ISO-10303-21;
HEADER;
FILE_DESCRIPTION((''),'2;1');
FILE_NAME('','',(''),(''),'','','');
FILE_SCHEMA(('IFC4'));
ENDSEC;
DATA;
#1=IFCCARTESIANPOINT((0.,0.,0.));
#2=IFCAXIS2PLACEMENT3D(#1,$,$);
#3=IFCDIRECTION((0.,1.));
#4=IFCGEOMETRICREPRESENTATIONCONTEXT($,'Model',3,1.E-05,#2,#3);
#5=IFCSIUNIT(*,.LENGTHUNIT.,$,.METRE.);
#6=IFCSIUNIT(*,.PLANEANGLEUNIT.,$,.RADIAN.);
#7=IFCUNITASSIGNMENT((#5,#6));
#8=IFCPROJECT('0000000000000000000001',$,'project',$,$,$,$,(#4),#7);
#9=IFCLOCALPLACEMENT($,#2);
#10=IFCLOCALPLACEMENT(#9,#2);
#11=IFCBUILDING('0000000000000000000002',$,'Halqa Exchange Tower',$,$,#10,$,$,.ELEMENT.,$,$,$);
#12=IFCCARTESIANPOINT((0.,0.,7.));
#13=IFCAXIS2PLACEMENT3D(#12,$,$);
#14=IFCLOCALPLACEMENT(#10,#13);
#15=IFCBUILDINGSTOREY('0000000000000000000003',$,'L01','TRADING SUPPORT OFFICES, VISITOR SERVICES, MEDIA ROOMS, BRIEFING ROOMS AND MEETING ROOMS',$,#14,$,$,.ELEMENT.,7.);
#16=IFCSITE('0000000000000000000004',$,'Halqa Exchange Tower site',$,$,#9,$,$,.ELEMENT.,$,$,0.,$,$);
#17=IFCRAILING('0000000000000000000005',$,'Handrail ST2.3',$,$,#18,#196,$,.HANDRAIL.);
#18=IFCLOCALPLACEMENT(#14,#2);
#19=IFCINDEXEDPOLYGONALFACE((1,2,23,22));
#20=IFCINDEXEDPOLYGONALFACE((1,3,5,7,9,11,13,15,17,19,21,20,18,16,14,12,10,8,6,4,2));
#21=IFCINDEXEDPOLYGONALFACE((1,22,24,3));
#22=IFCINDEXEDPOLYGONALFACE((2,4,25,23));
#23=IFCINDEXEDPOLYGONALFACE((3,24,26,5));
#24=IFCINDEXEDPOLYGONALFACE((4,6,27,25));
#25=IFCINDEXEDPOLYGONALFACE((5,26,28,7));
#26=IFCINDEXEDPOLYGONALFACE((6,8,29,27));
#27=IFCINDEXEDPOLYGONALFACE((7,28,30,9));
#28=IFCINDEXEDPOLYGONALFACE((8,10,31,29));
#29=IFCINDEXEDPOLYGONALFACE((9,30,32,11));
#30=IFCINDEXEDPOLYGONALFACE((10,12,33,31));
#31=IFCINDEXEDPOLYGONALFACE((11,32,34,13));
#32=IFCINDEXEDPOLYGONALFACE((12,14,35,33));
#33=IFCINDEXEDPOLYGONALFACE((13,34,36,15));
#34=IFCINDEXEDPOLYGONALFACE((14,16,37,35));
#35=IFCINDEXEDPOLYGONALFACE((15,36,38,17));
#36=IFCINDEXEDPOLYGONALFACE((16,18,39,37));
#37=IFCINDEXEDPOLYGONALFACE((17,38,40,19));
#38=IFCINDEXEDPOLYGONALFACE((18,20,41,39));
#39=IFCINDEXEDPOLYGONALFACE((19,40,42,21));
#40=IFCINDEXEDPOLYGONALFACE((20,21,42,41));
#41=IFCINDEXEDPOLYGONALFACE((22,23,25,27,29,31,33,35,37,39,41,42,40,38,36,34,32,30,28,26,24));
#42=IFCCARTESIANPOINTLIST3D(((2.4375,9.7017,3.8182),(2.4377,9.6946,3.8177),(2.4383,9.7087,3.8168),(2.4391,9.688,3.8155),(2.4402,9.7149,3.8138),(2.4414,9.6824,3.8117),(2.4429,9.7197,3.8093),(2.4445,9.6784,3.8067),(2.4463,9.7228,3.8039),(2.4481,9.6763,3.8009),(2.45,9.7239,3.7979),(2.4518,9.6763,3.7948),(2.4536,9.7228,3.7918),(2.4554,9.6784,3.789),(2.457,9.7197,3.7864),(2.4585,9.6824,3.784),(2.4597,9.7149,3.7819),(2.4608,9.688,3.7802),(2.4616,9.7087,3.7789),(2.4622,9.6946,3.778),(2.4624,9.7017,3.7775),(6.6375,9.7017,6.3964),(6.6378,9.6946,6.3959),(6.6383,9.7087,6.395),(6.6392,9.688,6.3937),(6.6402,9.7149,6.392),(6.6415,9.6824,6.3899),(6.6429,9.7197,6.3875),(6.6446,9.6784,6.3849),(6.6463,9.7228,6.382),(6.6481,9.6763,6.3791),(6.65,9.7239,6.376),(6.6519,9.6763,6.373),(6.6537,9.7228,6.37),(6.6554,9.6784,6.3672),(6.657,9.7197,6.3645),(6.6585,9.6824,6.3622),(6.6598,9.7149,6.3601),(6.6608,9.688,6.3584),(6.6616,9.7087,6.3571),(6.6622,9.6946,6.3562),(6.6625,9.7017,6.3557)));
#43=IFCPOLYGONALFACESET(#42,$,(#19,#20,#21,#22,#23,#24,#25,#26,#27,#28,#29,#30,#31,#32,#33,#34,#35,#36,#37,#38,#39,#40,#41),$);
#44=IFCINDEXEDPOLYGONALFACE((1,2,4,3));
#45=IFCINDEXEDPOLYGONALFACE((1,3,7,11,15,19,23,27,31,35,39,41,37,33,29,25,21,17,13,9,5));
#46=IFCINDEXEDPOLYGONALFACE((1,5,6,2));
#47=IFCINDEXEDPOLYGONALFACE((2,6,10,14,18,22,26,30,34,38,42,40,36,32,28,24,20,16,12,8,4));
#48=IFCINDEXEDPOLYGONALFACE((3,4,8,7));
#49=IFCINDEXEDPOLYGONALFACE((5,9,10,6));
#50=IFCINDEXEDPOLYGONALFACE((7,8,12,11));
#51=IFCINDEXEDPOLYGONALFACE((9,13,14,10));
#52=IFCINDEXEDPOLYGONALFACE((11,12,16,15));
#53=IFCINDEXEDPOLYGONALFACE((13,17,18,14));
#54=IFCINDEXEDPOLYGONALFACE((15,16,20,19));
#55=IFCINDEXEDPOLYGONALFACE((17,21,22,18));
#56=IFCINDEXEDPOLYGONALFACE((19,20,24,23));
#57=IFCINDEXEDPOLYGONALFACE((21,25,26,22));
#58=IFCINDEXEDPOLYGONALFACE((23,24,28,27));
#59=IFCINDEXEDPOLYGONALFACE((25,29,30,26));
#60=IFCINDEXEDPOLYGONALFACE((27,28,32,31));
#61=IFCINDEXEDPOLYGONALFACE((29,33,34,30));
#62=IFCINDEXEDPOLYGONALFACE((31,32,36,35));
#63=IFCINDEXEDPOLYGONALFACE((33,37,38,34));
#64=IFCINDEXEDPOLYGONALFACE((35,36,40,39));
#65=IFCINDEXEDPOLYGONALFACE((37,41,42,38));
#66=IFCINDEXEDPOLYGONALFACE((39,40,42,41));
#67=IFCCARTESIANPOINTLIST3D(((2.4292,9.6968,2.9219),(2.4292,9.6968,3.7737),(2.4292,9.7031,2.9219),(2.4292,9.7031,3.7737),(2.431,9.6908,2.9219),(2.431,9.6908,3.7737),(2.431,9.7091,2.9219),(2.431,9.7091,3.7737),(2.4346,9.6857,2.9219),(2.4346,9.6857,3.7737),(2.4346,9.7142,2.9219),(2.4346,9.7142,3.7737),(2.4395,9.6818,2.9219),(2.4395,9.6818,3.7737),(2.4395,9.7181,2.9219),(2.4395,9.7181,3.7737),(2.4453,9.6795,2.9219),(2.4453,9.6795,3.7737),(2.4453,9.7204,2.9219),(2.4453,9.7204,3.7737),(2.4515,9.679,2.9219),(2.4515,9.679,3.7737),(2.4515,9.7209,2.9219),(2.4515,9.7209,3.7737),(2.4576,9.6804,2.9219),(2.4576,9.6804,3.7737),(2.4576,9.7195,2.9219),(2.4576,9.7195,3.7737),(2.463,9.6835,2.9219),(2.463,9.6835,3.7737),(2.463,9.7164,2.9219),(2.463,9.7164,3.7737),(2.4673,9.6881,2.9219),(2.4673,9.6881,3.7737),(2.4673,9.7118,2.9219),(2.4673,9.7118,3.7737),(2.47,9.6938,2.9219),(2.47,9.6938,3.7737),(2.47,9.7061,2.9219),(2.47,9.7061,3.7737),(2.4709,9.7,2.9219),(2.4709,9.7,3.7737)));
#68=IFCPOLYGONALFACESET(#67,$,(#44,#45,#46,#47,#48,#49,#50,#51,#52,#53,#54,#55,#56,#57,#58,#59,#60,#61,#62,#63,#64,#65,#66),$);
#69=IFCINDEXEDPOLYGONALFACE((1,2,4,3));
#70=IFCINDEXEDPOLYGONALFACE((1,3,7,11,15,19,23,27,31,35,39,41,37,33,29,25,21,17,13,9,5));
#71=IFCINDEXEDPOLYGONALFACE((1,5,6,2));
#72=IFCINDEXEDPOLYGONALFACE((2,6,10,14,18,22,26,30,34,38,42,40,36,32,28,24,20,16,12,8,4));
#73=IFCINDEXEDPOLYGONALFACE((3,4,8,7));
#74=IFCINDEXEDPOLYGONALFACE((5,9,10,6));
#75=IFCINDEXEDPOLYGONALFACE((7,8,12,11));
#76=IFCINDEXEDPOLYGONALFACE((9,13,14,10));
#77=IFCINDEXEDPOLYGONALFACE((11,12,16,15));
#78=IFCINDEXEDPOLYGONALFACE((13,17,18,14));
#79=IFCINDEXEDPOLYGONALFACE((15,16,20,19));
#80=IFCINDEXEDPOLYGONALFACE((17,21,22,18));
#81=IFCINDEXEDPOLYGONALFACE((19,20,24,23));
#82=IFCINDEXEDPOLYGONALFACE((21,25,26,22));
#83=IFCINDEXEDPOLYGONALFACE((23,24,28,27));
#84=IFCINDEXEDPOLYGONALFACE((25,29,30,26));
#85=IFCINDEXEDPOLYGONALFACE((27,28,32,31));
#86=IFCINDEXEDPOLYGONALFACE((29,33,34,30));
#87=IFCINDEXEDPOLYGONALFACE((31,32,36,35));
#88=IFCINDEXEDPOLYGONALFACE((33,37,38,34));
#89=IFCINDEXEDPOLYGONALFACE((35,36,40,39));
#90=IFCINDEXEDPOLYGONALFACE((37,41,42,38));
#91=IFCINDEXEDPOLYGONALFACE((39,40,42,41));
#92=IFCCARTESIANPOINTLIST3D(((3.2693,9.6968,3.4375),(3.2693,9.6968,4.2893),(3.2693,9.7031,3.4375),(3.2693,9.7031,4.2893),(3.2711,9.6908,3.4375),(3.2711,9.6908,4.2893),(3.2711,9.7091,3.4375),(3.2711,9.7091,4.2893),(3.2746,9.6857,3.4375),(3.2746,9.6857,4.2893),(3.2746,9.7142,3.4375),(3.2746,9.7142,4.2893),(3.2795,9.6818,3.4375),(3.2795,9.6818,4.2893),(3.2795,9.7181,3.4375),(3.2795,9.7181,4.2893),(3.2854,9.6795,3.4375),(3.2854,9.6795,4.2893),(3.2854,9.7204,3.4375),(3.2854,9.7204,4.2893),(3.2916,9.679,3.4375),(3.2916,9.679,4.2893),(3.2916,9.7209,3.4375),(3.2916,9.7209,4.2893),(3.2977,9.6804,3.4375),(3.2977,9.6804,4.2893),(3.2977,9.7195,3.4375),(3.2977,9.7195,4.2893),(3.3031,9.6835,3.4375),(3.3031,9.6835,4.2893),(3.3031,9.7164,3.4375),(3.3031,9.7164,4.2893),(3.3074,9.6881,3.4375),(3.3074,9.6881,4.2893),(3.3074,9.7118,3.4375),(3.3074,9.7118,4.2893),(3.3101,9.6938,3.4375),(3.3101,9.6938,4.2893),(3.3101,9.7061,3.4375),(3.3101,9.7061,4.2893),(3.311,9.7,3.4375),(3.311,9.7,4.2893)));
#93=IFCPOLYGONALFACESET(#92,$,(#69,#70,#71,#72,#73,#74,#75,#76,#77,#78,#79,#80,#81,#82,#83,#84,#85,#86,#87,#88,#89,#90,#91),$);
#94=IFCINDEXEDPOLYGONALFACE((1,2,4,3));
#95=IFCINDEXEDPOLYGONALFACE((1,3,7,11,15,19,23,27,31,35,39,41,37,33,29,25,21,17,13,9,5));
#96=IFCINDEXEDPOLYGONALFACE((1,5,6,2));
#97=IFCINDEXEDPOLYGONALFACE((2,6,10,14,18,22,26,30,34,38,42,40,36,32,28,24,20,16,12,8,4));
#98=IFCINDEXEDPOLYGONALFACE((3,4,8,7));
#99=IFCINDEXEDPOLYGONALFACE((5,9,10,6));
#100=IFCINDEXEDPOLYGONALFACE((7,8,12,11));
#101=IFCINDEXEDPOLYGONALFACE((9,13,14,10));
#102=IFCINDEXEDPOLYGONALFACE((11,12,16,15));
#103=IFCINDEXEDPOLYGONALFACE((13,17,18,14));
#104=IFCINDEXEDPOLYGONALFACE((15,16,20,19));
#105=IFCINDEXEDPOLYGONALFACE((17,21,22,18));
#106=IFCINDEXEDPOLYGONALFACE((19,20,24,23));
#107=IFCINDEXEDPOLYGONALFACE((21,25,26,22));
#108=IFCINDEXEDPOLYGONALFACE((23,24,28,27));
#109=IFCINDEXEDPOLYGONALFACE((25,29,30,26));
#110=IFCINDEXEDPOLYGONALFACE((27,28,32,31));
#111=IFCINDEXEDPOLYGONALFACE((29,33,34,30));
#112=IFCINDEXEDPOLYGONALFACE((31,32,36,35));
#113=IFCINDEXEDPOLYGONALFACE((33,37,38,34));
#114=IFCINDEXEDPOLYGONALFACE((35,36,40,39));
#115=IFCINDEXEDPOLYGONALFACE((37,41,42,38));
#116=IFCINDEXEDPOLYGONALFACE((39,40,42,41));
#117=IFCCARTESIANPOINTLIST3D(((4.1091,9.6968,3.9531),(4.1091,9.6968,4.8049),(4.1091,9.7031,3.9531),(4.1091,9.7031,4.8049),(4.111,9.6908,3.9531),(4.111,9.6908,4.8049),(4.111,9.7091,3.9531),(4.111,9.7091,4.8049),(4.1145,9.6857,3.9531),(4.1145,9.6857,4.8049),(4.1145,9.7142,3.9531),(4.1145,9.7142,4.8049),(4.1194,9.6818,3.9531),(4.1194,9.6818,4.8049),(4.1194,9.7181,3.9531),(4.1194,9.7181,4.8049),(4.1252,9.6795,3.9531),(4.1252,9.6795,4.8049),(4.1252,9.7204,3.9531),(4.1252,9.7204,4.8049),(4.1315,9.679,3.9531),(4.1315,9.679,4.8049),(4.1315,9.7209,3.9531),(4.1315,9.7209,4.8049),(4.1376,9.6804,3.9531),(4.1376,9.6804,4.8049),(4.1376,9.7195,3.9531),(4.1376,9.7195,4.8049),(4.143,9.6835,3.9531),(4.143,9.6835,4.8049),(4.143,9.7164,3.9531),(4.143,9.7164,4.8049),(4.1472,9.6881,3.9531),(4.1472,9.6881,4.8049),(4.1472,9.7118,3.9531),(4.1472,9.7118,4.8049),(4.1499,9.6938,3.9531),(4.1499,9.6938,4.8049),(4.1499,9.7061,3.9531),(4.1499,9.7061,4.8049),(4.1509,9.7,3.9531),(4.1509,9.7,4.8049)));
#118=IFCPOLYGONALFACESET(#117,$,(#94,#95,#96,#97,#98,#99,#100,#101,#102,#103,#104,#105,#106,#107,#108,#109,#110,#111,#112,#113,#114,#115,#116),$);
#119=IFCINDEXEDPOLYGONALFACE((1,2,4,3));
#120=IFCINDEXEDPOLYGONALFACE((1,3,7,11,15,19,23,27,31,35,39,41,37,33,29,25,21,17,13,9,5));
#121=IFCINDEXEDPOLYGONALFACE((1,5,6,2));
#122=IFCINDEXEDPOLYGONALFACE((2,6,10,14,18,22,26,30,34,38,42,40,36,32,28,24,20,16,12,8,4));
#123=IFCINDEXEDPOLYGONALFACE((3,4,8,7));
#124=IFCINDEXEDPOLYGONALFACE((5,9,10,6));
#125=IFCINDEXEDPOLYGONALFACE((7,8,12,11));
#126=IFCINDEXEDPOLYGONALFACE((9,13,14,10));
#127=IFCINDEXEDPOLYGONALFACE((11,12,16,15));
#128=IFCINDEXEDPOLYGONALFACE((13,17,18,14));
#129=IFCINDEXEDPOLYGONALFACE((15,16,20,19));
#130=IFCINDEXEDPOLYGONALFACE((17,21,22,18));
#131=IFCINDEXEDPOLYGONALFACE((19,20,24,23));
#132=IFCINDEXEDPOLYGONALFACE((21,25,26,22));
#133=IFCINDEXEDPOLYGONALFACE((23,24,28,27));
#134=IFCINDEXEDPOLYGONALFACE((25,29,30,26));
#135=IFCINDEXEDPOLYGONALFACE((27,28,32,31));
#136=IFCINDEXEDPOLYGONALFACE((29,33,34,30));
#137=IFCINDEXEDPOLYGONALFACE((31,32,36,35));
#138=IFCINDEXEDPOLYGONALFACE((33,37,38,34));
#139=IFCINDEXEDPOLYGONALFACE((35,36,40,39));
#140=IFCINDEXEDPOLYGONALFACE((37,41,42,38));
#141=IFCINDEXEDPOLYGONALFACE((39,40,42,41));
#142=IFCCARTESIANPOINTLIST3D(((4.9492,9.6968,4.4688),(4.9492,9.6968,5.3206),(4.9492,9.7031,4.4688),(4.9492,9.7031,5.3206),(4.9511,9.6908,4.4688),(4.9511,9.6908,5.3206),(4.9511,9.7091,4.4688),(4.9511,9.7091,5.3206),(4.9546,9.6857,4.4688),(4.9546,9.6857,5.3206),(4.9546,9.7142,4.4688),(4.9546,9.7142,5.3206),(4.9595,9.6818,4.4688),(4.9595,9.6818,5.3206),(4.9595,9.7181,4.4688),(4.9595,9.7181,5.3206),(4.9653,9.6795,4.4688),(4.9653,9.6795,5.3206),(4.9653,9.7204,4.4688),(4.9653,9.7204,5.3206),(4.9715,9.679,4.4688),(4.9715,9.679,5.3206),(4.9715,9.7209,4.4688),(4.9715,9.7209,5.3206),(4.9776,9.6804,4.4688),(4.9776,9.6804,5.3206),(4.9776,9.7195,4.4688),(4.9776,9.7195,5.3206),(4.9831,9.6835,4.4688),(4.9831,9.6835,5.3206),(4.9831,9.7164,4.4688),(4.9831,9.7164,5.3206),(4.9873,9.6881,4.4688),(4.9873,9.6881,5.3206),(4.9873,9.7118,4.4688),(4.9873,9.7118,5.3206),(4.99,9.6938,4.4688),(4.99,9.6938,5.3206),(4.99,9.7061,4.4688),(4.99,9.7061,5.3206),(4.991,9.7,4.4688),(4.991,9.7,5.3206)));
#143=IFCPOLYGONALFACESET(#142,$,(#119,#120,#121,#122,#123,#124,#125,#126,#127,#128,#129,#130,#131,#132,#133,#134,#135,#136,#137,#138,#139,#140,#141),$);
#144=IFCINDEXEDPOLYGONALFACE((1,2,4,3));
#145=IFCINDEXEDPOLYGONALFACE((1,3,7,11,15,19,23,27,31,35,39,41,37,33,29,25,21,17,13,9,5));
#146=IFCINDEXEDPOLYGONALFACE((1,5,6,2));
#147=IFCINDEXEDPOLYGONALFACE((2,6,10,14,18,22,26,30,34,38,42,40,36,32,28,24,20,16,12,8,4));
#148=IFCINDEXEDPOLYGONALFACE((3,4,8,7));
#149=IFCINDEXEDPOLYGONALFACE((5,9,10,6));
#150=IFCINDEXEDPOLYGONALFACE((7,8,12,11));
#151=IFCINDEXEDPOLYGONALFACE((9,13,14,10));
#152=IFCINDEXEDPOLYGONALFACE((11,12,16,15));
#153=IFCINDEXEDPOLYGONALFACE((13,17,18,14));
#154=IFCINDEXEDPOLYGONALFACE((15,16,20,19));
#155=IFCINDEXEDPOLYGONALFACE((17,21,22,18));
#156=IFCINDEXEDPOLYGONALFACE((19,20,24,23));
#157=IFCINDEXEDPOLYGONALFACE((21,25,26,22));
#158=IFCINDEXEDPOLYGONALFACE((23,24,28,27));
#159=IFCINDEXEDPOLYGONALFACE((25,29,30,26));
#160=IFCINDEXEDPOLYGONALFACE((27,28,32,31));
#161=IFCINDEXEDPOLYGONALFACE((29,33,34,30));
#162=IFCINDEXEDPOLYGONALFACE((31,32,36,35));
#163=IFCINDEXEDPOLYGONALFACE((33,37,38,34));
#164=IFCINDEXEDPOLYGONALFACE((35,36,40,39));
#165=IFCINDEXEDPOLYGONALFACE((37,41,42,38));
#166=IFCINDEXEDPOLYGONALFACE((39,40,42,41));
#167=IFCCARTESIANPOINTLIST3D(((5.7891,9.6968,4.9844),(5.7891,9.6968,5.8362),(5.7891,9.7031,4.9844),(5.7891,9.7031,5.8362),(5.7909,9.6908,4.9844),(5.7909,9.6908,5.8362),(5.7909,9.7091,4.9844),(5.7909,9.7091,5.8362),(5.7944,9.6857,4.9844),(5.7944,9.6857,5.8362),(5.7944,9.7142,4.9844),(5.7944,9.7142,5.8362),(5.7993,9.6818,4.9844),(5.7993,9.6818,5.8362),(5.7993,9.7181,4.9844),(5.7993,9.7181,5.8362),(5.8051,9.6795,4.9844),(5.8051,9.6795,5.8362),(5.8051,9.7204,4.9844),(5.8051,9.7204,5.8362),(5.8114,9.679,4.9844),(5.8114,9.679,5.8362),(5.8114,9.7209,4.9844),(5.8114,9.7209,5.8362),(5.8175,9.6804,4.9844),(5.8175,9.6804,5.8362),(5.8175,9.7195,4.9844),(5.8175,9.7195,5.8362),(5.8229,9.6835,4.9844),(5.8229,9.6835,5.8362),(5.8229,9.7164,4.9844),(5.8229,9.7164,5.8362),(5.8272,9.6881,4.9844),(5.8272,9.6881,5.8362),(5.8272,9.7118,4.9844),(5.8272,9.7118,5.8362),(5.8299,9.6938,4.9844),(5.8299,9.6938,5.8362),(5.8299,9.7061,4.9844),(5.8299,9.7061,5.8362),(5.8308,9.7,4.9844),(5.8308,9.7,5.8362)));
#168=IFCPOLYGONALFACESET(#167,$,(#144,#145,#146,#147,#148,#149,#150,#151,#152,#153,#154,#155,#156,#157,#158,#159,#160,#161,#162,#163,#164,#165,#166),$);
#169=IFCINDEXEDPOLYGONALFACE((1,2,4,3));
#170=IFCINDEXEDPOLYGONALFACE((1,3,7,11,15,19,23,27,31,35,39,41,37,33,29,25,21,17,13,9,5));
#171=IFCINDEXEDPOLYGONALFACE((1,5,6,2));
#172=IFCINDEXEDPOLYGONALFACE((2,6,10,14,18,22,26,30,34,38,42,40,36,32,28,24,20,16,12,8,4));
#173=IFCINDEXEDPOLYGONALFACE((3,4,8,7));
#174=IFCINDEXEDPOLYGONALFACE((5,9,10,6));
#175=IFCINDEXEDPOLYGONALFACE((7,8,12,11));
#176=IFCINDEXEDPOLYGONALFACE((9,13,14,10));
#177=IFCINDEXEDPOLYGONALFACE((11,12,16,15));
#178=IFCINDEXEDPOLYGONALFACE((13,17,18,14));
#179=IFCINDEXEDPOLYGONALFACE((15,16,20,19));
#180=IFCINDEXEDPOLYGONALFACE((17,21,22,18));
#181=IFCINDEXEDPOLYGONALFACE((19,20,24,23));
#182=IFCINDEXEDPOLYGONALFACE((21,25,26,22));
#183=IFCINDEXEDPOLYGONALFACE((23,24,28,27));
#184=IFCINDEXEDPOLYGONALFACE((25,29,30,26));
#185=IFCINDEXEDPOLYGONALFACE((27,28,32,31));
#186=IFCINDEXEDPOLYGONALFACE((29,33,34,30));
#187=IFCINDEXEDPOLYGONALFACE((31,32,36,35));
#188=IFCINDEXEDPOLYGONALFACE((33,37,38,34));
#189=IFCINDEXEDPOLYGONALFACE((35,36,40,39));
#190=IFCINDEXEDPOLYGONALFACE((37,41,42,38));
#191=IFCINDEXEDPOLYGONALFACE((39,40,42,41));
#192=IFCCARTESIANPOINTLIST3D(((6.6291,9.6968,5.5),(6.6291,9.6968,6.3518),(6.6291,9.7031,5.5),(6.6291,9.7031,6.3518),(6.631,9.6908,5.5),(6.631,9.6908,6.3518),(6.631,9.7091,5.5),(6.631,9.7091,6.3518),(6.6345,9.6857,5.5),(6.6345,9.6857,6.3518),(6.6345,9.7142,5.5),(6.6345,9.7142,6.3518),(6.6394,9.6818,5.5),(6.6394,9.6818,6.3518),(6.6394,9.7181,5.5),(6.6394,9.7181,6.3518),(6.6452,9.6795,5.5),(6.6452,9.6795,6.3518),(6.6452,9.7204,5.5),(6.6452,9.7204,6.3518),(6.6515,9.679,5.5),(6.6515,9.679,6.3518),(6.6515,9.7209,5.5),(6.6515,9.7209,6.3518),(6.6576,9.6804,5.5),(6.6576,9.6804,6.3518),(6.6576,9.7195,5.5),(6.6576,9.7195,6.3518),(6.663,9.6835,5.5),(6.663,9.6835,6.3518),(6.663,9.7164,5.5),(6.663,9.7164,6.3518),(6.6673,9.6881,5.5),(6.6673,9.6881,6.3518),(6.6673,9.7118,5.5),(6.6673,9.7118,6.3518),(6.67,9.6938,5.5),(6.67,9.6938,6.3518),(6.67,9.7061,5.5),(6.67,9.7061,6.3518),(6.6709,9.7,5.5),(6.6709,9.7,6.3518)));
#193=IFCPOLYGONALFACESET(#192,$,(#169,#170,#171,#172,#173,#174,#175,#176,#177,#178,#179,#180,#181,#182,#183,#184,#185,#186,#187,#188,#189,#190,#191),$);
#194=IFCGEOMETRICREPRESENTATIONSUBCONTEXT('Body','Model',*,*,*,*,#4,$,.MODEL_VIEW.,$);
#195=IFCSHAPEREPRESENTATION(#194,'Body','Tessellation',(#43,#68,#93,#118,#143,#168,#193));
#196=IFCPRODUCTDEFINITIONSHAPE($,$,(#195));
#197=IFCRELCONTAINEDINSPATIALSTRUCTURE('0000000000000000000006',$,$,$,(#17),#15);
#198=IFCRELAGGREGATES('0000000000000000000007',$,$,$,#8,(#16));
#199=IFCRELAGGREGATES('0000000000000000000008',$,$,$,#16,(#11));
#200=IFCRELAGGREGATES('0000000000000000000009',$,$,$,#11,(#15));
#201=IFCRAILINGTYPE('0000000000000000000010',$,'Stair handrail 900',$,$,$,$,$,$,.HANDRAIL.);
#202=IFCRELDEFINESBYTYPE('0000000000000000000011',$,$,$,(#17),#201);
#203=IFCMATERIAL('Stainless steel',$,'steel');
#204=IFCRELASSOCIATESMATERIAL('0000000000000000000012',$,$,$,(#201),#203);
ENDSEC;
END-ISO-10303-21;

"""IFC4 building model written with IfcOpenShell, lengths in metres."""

from ifc_helpers import new_model, si_unit, direction, frame, origin, origin_2d, place, context, subcontext, project, spatial, circle, extrude, material, type_object, element, save


model = new_model("IFC4")

# Units and contexts
model_context = context("Model", 3, precision=1e-05, world=origin(), true_north=direction((0.0, 1.0)))
body_context = subcontext(model_context, "Body", "Model", "MODEL_VIEW")
ifc_project = project(units=[si_unit("LENGTHUNIT", "METRE"), si_unit("PLANEANGLEUNIT", "RADIAN")], contexts=[model_context])

# Site, building, storey
site_placement = place(None, origin())
site = spatial("IfcSite", under=ifc_project, at=site_placement, Name="Halqa Exchange Tower site", CompositionType="ELEMENT", RefElevation=0.0)
building_placement = place(site_placement, origin())
building = spatial("IfcBuilding", under=site, at=building_placement, Name="Halqa Exchange Tower", CompositionType="ELEMENT")
storey_placement = place(building_placement, frame((0.0, 0.0, 7.0)))
storey = spatial("IfcBuildingStorey", under=building, at=storey_placement, Name="L01", Description="TRADING SUPPORT OFFICES, VISITOR SERVICES, MEDIA ROOMS, BRIEFING ROOMS AND MEETING ROOMS", CompositionType="ELEMENT", Elevation=7.0)

# Railing
ifc_material_1 = material(Name="Stainless steel", Category="steel")
railing_type_1 = type_object("IfcRailingType", Name="Stair handrail 900", PredefinedType="HANDRAIL", material=ifc_material_1)
for number, where, name in (
    (1, (2.45, 9.7, 2.9219), "Handrail ST2.3"),
):
    element("IfcRailing", number, at=place(storey_placement, frame(where)), inside=storey, type_object=railing_type_1, Name=name, PredefinedType="HANDRAIL", context=body_context, shape_type="SweptSolid", body=[
        extrude(circle(Radius=0.0239, at=origin_2d()), frame((0.0, 0.0, 0.876), z_axis=(0.852243, 0.0, 0.523146), x_axis=(0.0, 1.0, 0.0)), (0.0, 0.0, 1.0), 4.9282),
        extrude(circle(Radius=0.021, at=origin_2d()), origin(), (0.0, 0.0, 1.0), 0.8518),
        extrude(circle(Radius=0.021, at=origin_2d()), frame((0.8401, 0.0, 0.5156)), (0.0, 0.0, 1.0), 0.8518),
        extrude(circle(Radius=0.021, at=origin_2d()), frame((1.6799, 0.0, 1.0312)), (0.0, 0.0, 1.0), 0.8518),
        extrude(circle(Radius=0.021, at=origin_2d()), frame((2.52, 0.0, 1.5469)), (0.0, 0.0, 1.0), 0.8518),
        extrude(circle(Radius=0.021, at=origin_2d()), frame((3.3599, 0.0, 2.0625)), (0.0, 0.0, 1.0), 0.8518),
        extrude(circle(Radius=0.021, at=origin_2d()), frame((4.2, 0.0, 2.5781)), (0.0, 0.0, 1.0), 0.8518),
    ])

save(model, "model.ifc")
